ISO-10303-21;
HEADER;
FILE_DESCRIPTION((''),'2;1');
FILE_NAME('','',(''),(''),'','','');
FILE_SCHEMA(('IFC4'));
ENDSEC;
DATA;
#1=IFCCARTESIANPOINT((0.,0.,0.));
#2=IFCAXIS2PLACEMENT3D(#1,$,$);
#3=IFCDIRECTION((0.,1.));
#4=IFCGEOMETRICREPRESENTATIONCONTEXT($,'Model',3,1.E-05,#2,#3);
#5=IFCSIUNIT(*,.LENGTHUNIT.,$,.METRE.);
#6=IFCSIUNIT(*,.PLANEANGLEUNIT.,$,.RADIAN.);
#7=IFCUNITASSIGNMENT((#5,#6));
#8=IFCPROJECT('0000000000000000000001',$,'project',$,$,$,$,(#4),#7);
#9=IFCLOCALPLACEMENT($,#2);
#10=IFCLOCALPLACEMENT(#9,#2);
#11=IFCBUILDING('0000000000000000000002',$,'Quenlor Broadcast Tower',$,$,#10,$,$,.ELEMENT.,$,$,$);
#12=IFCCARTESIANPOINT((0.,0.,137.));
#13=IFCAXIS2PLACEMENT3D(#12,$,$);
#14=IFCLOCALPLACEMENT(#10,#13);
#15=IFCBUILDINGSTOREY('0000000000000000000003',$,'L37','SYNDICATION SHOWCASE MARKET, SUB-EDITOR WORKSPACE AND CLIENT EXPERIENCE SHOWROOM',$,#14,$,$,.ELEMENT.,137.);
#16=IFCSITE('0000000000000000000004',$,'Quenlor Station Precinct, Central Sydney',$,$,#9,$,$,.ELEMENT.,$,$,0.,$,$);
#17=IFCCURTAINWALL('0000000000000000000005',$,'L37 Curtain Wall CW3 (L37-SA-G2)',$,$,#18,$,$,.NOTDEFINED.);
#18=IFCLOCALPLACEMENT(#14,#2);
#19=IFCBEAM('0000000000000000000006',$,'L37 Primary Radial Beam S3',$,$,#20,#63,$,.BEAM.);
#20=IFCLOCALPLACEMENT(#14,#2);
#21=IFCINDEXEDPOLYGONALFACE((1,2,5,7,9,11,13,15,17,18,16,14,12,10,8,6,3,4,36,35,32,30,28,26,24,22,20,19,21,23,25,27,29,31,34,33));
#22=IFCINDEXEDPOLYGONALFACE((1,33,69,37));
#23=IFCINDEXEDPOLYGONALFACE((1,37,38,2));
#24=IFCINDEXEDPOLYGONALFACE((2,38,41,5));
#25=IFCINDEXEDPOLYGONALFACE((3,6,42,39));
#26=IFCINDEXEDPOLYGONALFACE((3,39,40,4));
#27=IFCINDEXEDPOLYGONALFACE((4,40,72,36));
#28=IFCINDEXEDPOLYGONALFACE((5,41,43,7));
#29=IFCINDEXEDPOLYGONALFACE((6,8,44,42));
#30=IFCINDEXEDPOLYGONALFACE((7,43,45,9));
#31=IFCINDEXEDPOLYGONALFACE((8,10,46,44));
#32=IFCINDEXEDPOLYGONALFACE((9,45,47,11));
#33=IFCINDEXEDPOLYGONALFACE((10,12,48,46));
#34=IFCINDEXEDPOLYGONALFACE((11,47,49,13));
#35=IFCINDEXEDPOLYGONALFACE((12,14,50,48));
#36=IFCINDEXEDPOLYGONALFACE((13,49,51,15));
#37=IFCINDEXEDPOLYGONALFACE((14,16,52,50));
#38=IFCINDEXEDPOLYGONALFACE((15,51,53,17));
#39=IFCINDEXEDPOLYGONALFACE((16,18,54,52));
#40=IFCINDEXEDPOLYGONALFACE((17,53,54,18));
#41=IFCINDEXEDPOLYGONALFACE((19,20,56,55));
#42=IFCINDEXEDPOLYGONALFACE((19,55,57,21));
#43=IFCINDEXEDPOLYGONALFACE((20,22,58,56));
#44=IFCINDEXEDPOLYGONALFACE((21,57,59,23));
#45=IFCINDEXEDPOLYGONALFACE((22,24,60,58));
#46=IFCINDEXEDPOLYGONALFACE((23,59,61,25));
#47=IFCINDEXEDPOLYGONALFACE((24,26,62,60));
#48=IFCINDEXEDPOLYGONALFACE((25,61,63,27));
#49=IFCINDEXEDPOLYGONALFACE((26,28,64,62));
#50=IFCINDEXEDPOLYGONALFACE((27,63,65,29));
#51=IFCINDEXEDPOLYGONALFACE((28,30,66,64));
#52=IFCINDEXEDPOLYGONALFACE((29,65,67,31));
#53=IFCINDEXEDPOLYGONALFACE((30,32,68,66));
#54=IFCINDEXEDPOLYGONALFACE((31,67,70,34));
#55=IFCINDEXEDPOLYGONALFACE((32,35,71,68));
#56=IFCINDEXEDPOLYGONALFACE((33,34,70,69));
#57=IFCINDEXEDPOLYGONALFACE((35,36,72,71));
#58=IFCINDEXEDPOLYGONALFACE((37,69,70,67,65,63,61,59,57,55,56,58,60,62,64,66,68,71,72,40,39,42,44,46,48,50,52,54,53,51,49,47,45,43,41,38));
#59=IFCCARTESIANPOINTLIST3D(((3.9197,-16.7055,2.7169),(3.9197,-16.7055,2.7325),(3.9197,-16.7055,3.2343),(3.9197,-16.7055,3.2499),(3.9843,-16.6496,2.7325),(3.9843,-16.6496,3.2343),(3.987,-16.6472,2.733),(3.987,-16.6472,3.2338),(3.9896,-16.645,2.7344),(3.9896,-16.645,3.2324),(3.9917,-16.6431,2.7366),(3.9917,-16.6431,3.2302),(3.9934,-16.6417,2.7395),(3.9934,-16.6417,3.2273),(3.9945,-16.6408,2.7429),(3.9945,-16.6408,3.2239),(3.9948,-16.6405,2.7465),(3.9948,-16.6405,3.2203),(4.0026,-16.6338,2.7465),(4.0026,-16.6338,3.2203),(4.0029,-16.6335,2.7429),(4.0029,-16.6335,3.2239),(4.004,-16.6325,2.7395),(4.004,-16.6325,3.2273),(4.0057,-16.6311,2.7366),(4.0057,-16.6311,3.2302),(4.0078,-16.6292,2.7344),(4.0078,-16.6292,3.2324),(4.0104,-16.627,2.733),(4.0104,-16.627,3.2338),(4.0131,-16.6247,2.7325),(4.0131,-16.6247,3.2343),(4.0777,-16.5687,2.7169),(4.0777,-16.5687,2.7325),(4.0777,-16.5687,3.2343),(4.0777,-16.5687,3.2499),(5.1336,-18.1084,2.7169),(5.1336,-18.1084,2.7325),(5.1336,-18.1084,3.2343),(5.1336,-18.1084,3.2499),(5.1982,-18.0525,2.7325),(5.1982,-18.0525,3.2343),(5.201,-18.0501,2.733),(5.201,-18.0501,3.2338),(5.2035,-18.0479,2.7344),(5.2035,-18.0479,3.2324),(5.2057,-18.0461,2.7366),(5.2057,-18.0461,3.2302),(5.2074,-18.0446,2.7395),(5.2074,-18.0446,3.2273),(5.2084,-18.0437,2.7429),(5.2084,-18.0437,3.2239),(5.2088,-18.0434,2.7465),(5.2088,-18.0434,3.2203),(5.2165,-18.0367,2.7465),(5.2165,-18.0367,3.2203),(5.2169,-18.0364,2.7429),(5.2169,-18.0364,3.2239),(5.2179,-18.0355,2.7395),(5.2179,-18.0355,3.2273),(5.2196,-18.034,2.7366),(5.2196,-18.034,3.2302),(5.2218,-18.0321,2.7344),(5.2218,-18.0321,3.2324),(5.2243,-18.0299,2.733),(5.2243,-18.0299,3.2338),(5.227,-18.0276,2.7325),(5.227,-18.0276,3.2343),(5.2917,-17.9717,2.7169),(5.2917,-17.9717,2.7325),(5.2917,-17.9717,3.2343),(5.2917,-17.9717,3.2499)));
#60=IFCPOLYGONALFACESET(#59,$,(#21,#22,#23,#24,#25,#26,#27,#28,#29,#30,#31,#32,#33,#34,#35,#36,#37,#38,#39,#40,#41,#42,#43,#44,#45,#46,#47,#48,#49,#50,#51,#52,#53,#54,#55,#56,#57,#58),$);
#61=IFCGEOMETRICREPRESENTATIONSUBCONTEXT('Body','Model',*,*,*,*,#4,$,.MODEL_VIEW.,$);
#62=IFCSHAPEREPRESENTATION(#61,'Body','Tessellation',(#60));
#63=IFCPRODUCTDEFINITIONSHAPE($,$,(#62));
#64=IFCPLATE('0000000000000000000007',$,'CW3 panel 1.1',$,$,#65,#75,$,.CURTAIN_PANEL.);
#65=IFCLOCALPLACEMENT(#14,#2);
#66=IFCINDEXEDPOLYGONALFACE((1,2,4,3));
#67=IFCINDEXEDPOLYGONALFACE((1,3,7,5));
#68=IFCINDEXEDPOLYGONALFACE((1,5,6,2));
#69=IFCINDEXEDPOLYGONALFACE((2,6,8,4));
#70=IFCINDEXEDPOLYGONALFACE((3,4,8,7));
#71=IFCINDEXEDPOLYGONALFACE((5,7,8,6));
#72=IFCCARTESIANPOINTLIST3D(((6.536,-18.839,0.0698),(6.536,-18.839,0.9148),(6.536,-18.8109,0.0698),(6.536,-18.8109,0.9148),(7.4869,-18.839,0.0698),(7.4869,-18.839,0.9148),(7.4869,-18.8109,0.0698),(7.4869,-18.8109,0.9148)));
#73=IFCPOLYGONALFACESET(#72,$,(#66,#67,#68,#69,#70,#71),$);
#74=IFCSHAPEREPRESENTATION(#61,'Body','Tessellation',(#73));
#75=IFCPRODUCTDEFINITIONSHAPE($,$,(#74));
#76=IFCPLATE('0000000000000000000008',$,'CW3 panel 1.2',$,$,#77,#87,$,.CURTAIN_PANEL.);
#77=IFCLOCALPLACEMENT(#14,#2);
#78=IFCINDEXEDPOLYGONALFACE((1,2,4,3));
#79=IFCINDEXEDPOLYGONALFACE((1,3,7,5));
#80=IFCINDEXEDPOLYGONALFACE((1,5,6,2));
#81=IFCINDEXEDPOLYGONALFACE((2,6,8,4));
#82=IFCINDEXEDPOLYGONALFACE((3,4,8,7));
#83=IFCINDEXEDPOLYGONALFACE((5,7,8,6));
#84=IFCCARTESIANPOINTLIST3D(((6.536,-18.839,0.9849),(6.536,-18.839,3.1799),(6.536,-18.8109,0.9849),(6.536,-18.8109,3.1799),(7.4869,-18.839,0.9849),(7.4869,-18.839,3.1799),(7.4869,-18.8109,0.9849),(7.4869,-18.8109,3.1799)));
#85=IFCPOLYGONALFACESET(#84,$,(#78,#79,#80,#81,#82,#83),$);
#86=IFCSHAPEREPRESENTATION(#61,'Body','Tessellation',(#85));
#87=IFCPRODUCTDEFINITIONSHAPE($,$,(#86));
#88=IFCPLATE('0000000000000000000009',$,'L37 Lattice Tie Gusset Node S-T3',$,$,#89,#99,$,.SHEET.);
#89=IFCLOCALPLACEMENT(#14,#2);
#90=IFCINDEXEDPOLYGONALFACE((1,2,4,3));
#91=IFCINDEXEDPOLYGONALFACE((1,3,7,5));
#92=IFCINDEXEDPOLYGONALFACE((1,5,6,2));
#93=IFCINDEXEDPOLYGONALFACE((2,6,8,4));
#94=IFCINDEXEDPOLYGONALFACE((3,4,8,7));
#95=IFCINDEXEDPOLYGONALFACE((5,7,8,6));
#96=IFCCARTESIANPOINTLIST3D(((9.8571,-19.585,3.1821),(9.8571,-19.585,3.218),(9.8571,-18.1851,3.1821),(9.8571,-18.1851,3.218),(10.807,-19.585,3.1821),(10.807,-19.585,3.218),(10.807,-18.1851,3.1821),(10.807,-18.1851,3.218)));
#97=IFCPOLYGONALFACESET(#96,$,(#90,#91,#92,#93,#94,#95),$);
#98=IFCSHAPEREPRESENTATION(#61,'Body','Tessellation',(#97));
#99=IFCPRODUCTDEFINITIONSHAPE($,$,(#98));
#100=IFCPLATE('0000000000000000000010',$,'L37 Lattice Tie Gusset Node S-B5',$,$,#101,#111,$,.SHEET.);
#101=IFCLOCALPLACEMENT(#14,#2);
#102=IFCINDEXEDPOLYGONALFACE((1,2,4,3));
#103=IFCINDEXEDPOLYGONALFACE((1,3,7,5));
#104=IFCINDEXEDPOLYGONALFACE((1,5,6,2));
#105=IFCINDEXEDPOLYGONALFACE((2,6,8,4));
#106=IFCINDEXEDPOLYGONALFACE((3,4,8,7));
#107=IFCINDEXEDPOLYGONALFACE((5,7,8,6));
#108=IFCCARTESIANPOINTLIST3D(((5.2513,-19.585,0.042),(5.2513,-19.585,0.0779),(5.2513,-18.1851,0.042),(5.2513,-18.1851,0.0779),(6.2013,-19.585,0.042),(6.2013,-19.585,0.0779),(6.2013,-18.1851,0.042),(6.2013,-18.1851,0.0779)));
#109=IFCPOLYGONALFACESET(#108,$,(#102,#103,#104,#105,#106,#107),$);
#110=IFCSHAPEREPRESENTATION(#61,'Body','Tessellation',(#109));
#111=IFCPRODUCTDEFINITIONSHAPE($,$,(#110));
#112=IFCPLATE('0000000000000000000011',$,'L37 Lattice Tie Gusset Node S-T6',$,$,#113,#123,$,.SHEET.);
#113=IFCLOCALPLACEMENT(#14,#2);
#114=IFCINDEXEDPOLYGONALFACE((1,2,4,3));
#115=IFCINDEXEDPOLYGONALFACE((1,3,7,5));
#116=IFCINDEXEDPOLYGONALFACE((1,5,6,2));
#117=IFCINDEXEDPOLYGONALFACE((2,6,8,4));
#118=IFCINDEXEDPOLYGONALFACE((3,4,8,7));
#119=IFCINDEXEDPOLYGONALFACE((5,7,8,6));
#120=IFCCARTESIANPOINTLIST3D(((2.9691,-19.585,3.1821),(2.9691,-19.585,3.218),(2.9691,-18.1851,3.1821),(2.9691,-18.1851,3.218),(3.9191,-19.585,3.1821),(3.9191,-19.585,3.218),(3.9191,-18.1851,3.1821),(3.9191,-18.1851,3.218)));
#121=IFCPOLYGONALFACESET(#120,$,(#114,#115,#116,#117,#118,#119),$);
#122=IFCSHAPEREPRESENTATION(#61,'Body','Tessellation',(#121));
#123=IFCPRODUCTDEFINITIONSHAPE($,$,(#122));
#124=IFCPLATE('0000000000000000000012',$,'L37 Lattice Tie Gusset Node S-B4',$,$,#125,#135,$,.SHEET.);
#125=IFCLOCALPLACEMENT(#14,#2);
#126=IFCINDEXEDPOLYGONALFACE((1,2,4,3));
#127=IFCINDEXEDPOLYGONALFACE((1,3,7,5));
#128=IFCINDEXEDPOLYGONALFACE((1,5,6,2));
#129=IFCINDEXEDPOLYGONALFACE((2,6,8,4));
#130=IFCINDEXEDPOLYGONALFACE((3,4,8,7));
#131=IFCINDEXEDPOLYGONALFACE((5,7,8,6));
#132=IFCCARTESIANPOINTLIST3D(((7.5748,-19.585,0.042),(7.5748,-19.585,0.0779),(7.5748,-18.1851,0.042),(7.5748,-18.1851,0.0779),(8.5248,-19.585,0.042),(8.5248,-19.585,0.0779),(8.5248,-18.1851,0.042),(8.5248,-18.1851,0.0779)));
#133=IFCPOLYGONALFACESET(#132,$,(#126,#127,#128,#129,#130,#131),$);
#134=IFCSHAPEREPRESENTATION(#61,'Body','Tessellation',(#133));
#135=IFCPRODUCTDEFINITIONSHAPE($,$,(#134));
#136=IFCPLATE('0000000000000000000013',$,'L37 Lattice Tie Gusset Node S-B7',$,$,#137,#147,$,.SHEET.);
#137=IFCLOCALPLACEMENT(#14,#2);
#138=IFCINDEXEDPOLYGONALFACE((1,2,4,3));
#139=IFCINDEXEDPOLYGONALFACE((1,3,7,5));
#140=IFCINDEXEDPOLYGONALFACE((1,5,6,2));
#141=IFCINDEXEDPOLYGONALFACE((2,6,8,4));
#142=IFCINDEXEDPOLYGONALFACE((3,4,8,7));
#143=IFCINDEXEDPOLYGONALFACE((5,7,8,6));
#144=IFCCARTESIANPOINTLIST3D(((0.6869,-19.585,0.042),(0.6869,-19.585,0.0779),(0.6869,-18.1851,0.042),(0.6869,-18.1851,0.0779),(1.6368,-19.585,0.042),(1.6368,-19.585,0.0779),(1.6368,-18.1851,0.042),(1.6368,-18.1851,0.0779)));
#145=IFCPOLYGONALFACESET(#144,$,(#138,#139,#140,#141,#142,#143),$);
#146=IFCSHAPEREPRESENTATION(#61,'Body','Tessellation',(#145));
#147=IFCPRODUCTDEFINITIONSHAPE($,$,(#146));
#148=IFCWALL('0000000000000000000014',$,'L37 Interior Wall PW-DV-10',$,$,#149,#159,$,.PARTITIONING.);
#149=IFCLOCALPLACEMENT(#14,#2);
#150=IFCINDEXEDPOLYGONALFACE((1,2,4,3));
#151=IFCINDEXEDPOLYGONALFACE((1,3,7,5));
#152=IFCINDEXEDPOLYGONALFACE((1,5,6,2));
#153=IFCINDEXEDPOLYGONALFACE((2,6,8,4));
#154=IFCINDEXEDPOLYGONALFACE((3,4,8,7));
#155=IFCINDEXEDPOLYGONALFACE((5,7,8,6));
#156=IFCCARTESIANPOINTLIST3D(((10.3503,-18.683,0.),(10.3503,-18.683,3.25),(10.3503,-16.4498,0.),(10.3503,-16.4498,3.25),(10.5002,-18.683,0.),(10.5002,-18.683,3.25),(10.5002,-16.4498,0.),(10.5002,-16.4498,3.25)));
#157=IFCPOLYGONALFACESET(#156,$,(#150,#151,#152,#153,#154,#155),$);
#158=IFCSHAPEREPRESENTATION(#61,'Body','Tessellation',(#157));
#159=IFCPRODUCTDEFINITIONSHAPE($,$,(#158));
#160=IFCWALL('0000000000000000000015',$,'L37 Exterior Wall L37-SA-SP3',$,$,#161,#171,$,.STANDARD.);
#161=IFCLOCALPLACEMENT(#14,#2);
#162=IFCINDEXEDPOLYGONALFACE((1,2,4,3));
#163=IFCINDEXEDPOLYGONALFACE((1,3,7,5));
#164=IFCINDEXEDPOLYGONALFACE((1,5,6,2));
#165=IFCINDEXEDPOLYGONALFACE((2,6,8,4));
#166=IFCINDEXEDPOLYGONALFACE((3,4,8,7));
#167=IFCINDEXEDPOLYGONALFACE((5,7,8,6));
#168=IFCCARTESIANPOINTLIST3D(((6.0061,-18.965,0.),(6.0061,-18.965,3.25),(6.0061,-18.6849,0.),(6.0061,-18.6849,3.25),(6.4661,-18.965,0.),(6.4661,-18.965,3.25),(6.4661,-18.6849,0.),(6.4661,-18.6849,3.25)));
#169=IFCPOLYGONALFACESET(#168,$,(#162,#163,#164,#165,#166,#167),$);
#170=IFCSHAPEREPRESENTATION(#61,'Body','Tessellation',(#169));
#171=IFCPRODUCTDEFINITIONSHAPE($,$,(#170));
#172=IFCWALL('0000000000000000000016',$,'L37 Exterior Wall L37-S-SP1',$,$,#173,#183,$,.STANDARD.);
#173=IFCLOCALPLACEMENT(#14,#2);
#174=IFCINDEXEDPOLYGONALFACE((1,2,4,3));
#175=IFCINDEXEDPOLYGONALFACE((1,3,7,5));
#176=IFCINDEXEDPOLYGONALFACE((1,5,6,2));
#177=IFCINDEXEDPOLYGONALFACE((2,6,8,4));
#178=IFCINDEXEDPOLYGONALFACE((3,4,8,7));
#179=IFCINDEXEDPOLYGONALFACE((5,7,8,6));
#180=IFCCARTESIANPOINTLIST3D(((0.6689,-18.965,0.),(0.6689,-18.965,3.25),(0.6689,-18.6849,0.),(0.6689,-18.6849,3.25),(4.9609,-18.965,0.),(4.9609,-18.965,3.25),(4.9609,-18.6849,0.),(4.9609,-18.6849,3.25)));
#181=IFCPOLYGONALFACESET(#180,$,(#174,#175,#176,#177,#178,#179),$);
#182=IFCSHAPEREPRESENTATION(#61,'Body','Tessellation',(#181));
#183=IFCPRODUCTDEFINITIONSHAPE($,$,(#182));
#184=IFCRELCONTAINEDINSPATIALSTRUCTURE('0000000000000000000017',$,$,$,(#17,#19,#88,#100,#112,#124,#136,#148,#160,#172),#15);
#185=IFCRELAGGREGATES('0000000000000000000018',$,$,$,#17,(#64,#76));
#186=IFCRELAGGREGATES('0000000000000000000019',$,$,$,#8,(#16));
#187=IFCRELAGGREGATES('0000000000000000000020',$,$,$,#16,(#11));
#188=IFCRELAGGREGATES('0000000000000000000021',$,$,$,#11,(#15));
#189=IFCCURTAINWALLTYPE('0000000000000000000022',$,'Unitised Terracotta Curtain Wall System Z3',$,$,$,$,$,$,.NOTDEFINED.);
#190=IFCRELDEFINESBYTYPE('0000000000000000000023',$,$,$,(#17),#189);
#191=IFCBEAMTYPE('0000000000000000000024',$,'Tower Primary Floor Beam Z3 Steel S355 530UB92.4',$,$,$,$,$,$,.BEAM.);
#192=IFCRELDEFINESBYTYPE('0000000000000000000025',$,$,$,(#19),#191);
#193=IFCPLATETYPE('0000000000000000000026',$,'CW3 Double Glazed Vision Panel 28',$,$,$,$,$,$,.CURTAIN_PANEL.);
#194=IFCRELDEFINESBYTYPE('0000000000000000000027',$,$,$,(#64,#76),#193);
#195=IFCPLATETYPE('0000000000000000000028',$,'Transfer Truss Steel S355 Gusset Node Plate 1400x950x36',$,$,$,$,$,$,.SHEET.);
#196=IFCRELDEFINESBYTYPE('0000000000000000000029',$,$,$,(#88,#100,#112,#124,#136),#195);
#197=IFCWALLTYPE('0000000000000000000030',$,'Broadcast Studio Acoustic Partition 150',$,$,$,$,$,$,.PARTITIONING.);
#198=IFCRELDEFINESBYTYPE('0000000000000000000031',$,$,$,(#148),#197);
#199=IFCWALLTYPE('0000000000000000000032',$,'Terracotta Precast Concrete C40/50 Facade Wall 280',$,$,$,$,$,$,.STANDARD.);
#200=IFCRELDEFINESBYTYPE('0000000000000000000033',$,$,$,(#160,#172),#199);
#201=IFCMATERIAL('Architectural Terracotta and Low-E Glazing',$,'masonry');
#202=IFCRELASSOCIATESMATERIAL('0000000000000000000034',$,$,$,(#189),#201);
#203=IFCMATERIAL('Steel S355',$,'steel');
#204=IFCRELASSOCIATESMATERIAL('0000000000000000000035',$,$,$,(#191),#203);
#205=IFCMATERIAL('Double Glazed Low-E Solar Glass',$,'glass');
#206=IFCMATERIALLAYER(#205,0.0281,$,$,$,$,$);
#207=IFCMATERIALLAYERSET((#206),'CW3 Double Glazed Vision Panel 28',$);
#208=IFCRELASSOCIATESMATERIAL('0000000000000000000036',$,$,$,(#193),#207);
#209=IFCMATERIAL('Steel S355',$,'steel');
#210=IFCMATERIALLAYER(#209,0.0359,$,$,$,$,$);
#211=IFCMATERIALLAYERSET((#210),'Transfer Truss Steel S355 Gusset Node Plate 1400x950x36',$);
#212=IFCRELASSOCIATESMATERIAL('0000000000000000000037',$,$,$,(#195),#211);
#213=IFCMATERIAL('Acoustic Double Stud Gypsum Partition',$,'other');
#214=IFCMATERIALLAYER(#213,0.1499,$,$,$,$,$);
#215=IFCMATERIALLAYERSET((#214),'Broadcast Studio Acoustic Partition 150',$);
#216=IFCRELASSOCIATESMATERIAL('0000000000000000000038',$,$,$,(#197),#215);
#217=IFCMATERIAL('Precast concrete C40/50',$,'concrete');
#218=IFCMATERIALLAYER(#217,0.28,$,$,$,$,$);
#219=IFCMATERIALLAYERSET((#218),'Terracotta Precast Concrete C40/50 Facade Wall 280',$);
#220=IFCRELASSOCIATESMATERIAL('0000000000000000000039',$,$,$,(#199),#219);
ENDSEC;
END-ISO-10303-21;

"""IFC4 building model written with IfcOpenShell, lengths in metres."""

from ifc_helpers import new_model, si_unit, direction, frame, frame_2d, origin, origin_2d, place, context, subcontext, project, spatial, rectangle, i_section, extrude, material, layer, layer_set, material_profile, profile_set, type_object, element, aggregate, save


model = new_model("IFC4")

# Units and contexts
model_context = context("Model", 3, precision=1e-05, world=origin(), true_north=direction((0.0, 1.0)))
body_context = subcontext(model_context, "Body", "Model", "MODEL_VIEW")
ifc_project = project(units=[si_unit("LENGTHUNIT", "METRE"), si_unit("PLANEANGLEUNIT", "RADIAN")], contexts=[model_context])

# Site, building, storey
site_placement = place(None, origin())
site = spatial("IfcSite", under=ifc_project, at=site_placement, Name="Quenlor Station Precinct, Central Sydney", CompositionType="ELEMENT", RefElevation=0.0)
building_placement = place(site_placement, origin())
building = spatial("IfcBuilding", under=site, at=building_placement, Name="Quenlor Broadcast Tower", CompositionType="ELEMENT")
storey_placement = place(building_placement, frame((0.0, 0.0, 137.0)))
storey = spatial("IfcBuildingStorey", under=building, at=storey_placement, Name="L37", Description="SYNDICATION SHOWCASE MARKET, SUB-EDITOR WORKSPACE AND CLIENT EXPERIENCE SHOWROOM", CompositionType="ELEMENT", Elevation=137.0)

# Curtain wall
ifc_material_1 = material(Name="Architectural Terracotta and Low-E Glazing", Category="masonry")
curtain_wall_type = type_object("IfcCurtainWallType", Name="Unitised Terracotta Curtain Wall System Z3", PredefinedType="NOTDEFINED", material=ifc_material_1)
curtain_wall_1_placement = place(storey_placement, origin())
curtain_wall_1 = element("IfcCurtainWall", 1, at=curtain_wall_1_placement, inside=storey, type_object=curtain_wall_type, Name="L37 Curtain Wall CW3 (L37-SA-G2)", PredefinedType="NOTDEFINED")

# Beam
ifc_material_2 = material(Name="Steel S355", Category="steel")
ifc_material_profile_1 = material_profile(ifc_material_2, i_section(OverallWidth=0.209, OverallDepth=0.533, WebThickness=0.0103, FlangeThickness=0.0156, FilletRadius=0.0139, at=origin_2d()))
ifc_profile_set_1 = profile_set([ifc_material_profile_1], Name="Steel S355 530UB92.4")
beam_type_1 = type_object("IfcBeamType", Name="Tower Primary Floor Beam Z3 Steel S355 530UB92.4", PredefinedType="BEAM", material=ifc_profile_set_1)
beam_1_placement = place(storey_placement, frame((5.2126, -18.04, 2.9834), z_axis=(-0.654339, 0.756201, 0.0), x_axis=(-0.756201, -0.654339, 0.0)))
element("IfcBeam", 2, at=beam_1_placement, inside=storey, type_object=beam_type_1, Name="L37 Primary Radial Beam S3", PredefinedType="BEAM", context=body_context, shape_type="SweptSolid", body=[
    extrude(i_section(OverallWidth=0.209, OverallDepth=0.533, WebThickness=0.0103, FlangeThickness=0.0156, FilletRadius=0.0139, at=origin_2d()), origin(), (0.0, 0.0, 1.0), 1.8552),
])

# Plates
ifc_material_3 = material(Name="Double Glazed Low-E Solar Glass", Category="glass")
ifc_layer_1 = layer(ifc_material_3, 0.0281)
ifc_layer_set_1 = layer_set([ifc_layer_1], Name="CW3 Double Glazed Vision Panel 28")
plate_type_1 = type_object("IfcPlateType", Name="CW3 Double Glazed Vision Panel 28", PredefinedType="CURTAIN_PANEL", material=ifc_layer_set_1)
plate_1_placement = place(storey_placement, frame((7.0115, -18.825, 0.0698), z_axis=(0.0, 0.0, 1.0), x_axis=(-1.0, 0.0, 0.0)))
plate_1 = element("IfcPlate", 3, at=plate_1_placement, type_object=plate_type_1, Name="CW3 panel 1.1", PredefinedType="CURTAIN_PANEL", context=body_context, shape_type="SweptSolid", body=[
    extrude(rectangle(XDim=0.9509, YDim=0.0281, at=origin_2d()), origin(), (0.0, 0.0, 1.0), 0.845),
])
plate_2_placement = place(storey_placement, frame((7.0115, -18.825, 0.9849), z_axis=(0.0, 0.0, 1.0), x_axis=(-1.0, 0.0, 0.0)))
plate_2 = element("IfcPlate", 4, at=plate_2_placement, type_object=plate_type_1, Name="CW3 panel 1.2", PredefinedType="CURTAIN_PANEL", context=body_context, shape_type="SweptSolid", body=[
    extrude(rectangle(XDim=0.9509, YDim=0.0281, at=origin_2d()), origin(), (0.0, 0.0, 1.0), 2.1951),
])
aggregate(curtain_wall_1, [plate_1, plate_2])

# Plates
ifc_material_4 = material(Name="Steel S355", Category="steel")
ifc_layer_2 = layer(ifc_material_4, 0.0359)
ifc_layer_set_2 = layer_set([ifc_layer_2], Name="Transfer Truss Steel S355 Gusset Node Plate 1400x950x36")
plate_type_2 = type_object("IfcPlateType", Name="Transfer Truss Steel S355 Gusset Node Plate 1400x950x36", PredefinedType="SHEET", material=ifc_layer_set_2)
for number, where, z_axis, x_axis, name in (
    (5, (10.332, -18.885, 3.1821), (0.0, 0.0, 1.0), (0.0, -1.0, 0.0), "L37 Lattice Tie Gusset Node S-T3"),
    (6, (5.7263, -18.885, 0.042), (0.0, 0.0, 1.0), (0.0, -1.0, 0.0), "L37 Lattice Tie Gusset Node S-B5"),
    (7, (3.4441, -18.885, 3.1821), (0.0, 0.0, 1.0), (0.0, -1.0, 0.0), "L37 Lattice Tie Gusset Node S-T6"),
    (8, (8.0498, -18.885, 0.042), (0.0, 0.0, 1.0), (0.0, -1.0, 0.0), "L37 Lattice Tie Gusset Node S-B4"),
    (9, (1.1619, -18.885, 0.042), (0.0, 0.0, 1.0), (0.0, -1.0, 0.0), "L37 Lattice Tie Gusset Node S-B7"),
):
    element("IfcPlate", number, at=place(storey_placement, frame(where, z_axis=z_axis, x_axis=x_axis)), inside=storey, type_object=plate_type_2, Name=name, PredefinedType="SHEET", context=body_context, shape_type="SweptSolid", body=[
        extrude(rectangle(XDim=1.3999, YDim=0.95, at=origin_2d()), origin(), (0.0, 0.0, 1.0), 0.0359),
    ])

# Walls
ifc_material_5 = material(Name="Acoustic Double Stud Gypsum Partition", Category="other")
ifc_layer_3 = layer(ifc_material_5, 0.1499)
ifc_layer_set_3 = layer_set([ifc_layer_3], Name="Broadcast Studio Acoustic Partition 150")
wall_type_1 = type_object("IfcWallType", Name="Broadcast Studio Acoustic Partition 150", PredefinedType="PARTITIONING", material=ifc_layer_set_3)
wall_1_placement = place(storey_placement, frame((10.4253, -18.6831, 0.0), z_axis=(0.0, 0.0, 1.0), x_axis=(0.0, 1.0, 0.0)))
element("IfcWall", 10, at=wall_1_placement, inside=storey, type_object=wall_type_1, Name="L37 Interior Wall PW-DV-10", PredefinedType="PARTITIONING", context=body_context, shape_type="SweptSolid", body=[
    extrude(rectangle(XDim=2.2332, YDim=0.1499, at=frame_2d((1.1167, 0.0))), origin(), (0.0, 0.0, 1.0), 3.25),
])
ifc_material_6 = material(Name="Precast concrete C40/50", Category="concrete")
ifc_layer_4 = layer(ifc_material_6, 0.28)
ifc_layer_set_4 = layer_set([ifc_layer_4], Name="Terracotta Precast Concrete C40/50 Facade Wall 280")
wall_type_2 = type_object("IfcWallType", Name="Terracotta Precast Concrete C40/50 Facade Wall 280", PredefinedType="STANDARD", material=ifc_layer_set_4)
wall_2_placement = place(storey_placement, frame((6.4661, -18.825, 0.0), z_axis=(0.0, 0.0, 1.0), x_axis=(-1.0, 0.0, 0.0)))
element("IfcWall", 11, at=wall_2_placement, inside=storey, type_object=wall_type_2, Name="L37 Exterior Wall L37-SA-SP3", PredefinedType="STANDARD", context=body_context, shape_type="SweptSolid", body=[
    extrude(rectangle(XDim=0.46, YDim=0.28, at=frame_2d((0.23, 0.0))), origin(), (0.0, 0.0, 1.0), 3.25),
])
wall_3_placement = place(storey_placement, frame((4.9609, -18.825, 0.0), z_axis=(0.0, 0.0, 1.0), x_axis=(-1.0, 0.0, 0.0)))
element("IfcWall", 12, at=wall_3_placement, inside=storey, type_object=wall_type_2, Name="L37 Exterior Wall L37-S-SP1", PredefinedType="STANDARD", context=body_context, shape_type="SweptSolid", body=[
    extrude(rectangle(XDim=4.292, YDim=0.28, at=frame_2d((2.146, 0.0))), origin(), (0.0, 0.0, 1.0), 3.25),
])

save(model, "model.ifc")
